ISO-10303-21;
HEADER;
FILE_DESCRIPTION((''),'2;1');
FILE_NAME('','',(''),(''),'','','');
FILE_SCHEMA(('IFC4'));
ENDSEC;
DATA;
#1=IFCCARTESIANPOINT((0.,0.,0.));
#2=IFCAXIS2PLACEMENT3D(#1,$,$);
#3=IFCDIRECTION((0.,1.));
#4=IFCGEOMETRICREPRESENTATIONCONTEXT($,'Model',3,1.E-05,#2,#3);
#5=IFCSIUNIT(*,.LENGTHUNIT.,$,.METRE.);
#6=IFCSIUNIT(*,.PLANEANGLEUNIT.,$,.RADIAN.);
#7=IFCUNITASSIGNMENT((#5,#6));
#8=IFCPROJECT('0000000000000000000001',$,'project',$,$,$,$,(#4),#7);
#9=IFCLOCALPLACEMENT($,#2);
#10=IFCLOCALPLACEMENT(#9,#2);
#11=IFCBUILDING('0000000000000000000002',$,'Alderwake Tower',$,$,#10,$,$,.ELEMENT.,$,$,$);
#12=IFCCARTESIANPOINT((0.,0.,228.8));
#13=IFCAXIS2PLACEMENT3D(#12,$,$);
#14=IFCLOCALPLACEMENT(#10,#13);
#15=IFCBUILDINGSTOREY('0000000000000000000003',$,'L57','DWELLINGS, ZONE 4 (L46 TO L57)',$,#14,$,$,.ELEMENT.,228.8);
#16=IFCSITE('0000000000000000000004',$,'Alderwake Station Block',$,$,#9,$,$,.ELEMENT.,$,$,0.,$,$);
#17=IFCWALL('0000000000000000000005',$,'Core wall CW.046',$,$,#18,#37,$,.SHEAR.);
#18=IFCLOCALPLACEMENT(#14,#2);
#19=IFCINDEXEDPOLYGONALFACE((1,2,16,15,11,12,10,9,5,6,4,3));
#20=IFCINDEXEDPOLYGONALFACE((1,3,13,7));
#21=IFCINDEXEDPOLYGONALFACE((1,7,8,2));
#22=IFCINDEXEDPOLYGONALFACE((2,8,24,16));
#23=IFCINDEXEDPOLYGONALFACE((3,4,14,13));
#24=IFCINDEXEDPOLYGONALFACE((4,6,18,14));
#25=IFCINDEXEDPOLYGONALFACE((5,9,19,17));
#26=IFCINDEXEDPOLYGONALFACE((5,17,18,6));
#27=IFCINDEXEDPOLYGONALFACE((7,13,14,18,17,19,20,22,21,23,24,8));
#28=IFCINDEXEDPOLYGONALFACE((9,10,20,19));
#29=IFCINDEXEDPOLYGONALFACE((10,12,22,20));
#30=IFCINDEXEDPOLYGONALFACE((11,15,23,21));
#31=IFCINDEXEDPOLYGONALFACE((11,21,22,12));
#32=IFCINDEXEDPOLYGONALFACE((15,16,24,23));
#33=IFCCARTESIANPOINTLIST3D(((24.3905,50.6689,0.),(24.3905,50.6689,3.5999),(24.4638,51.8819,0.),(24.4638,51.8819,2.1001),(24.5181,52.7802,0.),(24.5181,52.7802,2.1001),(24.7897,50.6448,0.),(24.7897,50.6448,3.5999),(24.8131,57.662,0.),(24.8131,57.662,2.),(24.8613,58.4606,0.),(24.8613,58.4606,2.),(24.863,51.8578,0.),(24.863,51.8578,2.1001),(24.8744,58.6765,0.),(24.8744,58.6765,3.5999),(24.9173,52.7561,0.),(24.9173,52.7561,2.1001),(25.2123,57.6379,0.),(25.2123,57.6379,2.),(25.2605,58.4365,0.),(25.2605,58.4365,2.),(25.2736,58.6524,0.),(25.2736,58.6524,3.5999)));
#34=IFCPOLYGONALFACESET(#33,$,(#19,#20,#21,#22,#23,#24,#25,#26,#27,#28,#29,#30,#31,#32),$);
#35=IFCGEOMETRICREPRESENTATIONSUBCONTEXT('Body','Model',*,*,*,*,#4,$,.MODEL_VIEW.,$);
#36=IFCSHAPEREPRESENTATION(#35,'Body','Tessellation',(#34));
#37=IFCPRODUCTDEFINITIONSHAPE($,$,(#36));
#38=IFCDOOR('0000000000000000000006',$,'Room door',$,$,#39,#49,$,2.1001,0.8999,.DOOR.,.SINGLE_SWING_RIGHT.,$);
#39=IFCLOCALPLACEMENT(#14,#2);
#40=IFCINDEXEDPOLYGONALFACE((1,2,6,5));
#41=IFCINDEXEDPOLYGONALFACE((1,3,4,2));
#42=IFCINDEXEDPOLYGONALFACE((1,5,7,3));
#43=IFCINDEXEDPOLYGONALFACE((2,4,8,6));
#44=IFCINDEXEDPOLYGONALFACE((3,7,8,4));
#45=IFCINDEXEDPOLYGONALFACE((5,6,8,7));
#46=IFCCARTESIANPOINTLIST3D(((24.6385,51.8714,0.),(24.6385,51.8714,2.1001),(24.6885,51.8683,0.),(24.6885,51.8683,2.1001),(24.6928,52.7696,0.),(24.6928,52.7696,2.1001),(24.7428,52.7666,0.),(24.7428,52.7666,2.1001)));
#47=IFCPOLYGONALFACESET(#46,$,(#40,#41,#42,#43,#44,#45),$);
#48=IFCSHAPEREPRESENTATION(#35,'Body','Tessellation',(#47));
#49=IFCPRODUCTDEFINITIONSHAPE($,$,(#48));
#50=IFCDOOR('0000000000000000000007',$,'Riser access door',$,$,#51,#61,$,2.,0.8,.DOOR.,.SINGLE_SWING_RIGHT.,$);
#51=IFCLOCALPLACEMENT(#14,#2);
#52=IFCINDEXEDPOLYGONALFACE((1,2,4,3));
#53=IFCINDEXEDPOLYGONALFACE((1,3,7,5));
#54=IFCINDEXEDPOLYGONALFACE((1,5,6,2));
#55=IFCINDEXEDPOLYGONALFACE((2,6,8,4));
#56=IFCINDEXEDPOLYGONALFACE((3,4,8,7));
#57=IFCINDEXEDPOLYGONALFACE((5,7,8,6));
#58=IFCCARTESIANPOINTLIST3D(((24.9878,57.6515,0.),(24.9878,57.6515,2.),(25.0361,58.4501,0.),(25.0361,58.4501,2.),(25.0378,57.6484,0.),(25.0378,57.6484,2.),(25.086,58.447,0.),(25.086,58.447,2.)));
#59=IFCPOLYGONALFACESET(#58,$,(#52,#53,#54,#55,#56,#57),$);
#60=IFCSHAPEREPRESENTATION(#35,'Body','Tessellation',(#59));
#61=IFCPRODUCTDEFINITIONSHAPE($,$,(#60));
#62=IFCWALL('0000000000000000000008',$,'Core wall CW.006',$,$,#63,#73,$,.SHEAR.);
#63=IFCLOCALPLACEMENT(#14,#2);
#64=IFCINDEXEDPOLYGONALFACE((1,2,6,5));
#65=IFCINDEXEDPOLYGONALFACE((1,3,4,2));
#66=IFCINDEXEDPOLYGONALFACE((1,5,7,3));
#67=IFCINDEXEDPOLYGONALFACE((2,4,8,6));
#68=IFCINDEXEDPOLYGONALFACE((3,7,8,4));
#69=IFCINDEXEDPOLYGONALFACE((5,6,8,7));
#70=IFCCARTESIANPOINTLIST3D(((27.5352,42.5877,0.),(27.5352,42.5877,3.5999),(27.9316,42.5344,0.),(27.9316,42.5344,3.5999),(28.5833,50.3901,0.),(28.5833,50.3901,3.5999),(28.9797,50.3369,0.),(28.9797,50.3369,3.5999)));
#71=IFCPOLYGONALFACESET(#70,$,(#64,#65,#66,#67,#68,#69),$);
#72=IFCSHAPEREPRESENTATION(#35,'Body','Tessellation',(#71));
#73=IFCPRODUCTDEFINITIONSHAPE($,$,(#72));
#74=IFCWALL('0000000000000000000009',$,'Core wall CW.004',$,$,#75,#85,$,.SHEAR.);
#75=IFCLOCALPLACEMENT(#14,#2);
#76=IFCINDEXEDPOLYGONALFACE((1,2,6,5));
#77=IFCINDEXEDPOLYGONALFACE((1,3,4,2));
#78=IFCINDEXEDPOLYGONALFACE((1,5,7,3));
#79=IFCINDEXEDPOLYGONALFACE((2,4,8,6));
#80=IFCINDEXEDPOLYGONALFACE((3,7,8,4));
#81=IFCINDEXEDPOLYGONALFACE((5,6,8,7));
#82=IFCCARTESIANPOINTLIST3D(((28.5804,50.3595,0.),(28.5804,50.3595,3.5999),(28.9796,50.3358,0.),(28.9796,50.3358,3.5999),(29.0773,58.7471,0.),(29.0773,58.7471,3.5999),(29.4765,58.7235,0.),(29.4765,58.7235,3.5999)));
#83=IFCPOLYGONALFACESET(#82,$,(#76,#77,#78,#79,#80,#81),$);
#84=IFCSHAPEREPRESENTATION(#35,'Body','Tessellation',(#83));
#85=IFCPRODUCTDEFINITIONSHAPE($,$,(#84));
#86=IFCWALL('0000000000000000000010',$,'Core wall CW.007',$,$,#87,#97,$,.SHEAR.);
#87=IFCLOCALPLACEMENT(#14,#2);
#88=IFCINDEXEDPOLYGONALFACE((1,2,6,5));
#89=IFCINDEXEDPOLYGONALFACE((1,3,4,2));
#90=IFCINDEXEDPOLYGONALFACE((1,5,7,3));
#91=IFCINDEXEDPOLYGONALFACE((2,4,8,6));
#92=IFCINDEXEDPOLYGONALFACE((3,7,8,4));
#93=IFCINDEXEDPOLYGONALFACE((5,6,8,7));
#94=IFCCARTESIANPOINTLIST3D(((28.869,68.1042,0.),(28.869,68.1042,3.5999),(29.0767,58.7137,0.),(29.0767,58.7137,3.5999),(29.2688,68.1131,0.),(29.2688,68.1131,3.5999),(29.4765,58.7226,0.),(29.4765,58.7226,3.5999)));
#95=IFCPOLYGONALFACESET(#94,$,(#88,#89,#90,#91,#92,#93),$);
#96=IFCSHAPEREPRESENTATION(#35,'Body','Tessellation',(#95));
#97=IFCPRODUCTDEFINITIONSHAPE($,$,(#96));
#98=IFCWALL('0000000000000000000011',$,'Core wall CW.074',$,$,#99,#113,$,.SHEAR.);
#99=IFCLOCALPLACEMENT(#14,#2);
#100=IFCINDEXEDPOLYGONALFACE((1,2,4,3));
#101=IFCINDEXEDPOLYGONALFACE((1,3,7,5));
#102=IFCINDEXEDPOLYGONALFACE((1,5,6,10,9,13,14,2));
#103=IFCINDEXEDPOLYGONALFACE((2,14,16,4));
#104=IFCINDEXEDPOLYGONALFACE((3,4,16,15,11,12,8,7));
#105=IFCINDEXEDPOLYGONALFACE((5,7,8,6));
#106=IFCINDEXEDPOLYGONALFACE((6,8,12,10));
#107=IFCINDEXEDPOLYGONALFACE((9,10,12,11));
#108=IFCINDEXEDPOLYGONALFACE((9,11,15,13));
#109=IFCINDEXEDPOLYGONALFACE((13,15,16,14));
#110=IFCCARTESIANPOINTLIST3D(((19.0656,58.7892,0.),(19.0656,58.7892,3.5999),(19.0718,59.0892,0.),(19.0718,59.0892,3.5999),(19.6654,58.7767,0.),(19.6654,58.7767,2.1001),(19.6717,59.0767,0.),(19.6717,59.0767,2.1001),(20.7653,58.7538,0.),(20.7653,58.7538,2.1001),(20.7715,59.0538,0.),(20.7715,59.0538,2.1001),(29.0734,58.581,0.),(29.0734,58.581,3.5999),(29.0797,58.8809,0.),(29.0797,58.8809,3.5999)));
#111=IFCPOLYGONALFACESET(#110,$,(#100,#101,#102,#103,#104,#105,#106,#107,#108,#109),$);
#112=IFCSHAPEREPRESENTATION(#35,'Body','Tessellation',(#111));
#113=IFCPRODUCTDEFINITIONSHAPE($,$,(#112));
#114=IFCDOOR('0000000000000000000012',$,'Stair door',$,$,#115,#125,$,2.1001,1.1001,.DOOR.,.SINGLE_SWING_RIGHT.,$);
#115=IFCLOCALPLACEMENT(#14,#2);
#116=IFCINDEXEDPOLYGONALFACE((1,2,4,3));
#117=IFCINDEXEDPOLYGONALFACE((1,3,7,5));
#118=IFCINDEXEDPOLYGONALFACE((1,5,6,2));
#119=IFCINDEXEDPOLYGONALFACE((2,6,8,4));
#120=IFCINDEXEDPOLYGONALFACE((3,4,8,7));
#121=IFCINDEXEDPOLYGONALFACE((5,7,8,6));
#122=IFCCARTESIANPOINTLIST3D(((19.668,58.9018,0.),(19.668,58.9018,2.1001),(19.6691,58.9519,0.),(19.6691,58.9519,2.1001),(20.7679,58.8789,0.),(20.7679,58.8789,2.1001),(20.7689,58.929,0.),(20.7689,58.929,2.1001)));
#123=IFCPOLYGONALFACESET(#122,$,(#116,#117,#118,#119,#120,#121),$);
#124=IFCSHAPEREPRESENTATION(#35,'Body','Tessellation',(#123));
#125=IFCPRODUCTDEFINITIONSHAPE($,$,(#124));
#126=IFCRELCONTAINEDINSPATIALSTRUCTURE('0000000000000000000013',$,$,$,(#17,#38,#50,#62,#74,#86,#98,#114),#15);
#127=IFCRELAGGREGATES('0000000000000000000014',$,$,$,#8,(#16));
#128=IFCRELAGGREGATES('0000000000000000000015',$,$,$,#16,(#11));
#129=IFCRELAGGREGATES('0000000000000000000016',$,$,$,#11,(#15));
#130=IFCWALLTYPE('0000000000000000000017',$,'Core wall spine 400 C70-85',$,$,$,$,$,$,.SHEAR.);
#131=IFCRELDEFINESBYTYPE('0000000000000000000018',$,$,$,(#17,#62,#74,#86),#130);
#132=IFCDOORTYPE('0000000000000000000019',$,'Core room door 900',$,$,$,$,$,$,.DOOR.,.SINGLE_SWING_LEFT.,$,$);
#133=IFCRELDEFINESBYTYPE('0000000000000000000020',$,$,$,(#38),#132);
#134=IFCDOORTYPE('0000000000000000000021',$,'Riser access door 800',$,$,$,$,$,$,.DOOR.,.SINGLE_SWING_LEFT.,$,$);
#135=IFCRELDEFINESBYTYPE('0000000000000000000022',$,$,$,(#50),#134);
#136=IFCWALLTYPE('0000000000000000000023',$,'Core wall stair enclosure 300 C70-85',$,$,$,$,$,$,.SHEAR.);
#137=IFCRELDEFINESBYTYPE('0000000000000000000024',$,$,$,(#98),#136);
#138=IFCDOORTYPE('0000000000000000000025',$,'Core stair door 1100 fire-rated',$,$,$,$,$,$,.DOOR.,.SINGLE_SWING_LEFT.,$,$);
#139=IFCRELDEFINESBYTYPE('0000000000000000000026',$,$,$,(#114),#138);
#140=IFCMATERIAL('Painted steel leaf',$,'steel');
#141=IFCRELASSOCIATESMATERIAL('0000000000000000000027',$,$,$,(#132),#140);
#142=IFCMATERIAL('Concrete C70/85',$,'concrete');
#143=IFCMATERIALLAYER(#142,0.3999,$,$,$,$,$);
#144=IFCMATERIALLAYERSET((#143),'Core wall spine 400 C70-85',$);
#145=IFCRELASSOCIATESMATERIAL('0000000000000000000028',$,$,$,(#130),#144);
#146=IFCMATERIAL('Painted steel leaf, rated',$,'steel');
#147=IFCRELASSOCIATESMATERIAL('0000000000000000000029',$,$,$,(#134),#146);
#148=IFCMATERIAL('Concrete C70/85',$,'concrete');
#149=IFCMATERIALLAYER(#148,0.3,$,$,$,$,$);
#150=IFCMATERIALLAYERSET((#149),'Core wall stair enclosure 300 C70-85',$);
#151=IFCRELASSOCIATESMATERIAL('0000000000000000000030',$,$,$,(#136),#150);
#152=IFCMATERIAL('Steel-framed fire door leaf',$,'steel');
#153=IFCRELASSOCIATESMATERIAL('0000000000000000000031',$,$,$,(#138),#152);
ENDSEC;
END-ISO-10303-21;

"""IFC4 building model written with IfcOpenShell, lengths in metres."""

from ifc_helpers import new_model, si_unit, direction, frame, frame_2d, origin, place, context, subcontext, project, spatial, rectangle, extrude, material, layer, layer_set, type_object, element, fill, save


model = new_model("IFC4")

# Units and contexts
model_context = context("Model", 3, precision=1e-05, world=origin(), true_north=direction((0.0, 1.0)))
body_context = subcontext(model_context, "Body", "Model", "MODEL_VIEW")
ifc_project = project(units=[si_unit("LENGTHUNIT", "METRE"), si_unit("PLANEANGLEUNIT", "RADIAN")], contexts=[model_context])

# Site, building, storey
site_placement = place(None, origin())
site = spatial("IfcSite", under=ifc_project, at=site_placement, Name="Alderwake Station Block", CompositionType="ELEMENT", RefElevation=0.0)
building_placement = place(site_placement, origin())
building = spatial("IfcBuilding", under=site, at=building_placement, Name="Alderwake Tower", CompositionType="ELEMENT")
storey_placement = place(building_placement, frame((0.0, 0.0, 228.8)))
storey = spatial("IfcBuildingStorey", under=building, at=storey_placement, Name="L57", Description="DWELLINGS, ZONE 4 (L46 TO L57)", CompositionType="ELEMENT", Elevation=228.8)

# Shared definitions
ifc_material_1 = material(Name="Painted steel leaf", Category="steel")
door_type_1 = type_object("IfcDoorType", Name="Core room door 900", OperationType="SINGLE_SWING_LEFT", PredefinedType="DOOR", material=ifc_material_1)

# Wall, openings, doors
ifc_material_2 = material(Name="Concrete C70/85", Category="concrete")
ifc_layer_1 = layer(ifc_material_2, 0.3999)
ifc_layer_set_1 = layer_set([ifc_layer_1], Name="Core wall spine 400 C70-85")
wall_type_1 = type_object("IfcWallType", Name="Core wall spine 400 C70-85", PredefinedType="SHEAR", material=ifc_layer_set_1)
wall_1_placement = place(storey_placement, frame((24.5901, 50.6567, 0.0), z_axis=(0.0, 0.0, 1.0), x_axis=(0.060319, 0.998179, 0.0)))
wall_1 = element("IfcWall", 1, at=wall_1_placement, inside=storey, type_object=wall_type_1, Name="Core wall CW.046", PredefinedType="SHEAR", context=body_context, shape_type="SweptSolid", body=[
    extrude(rectangle(XDim=8.0222, YDim=0.3999, at=frame_2d((4.0112, 0.0))), origin(), (0.0, 0.0, 1.0), 3.5999),
])
opening_1_placement = place(wall_1_placement, frame((7.0061, 0.0, 0.0)))
opening_1 = element("IfcOpeningElement", 2, at=opening_1_placement, cuts=wall_1, PredefinedType="OPENING", context=body_context, shape_type="SweptSolid", body=[
    extrude(rectangle(XDim=0.8, YDim=2.0, at=frame_2d((0.3999, 1.0))), frame((0.0, 0.21, 0.0), z_axis=(0.0, -1.0, 0.0), x_axis=(1.0, 0.0, 0.0)), (0.0, 0.0, 1.0), 0.4199),
])
opening_2_placement = place(wall_1_placement, frame((1.2153, 0.0, 0.0)))
opening_2 = element("IfcOpeningElement", 3, at=opening_2_placement, cuts=wall_1, PredefinedType="OPENING", context=body_context, shape_type="SweptSolid", body=[
    extrude(rectangle(XDim=0.8999, YDim=2.1001, at=frame_2d((0.45, 1.05))), frame((0.0, 0.21, 0.0), z_axis=(0.0, -1.0, 0.0), x_axis=(1.0, 0.0, 0.0)), (0.0, 0.0, 1.0), 0.4199),
])
door_1_placement = place(opening_2_placement, origin())
door_1 = element("IfcDoor", 4, at=door_1_placement, inside=storey, type_object=door_type_1, Name="Room door", OperationType="SINGLE_SWING_RIGHT", OverallHeight=2.1001, OverallWidth=0.8999, PredefinedType="DOOR", context=body_context, shape_type="SweptSolid", body=[
    extrude(rectangle(XDim=0.8999, YDim=2.1001, at=frame_2d((0.45, 1.05))), frame((0.0, 0.0249, 0.0), z_axis=(0.0, -1.0, 0.0), x_axis=(1.0, 0.0, 0.0)), (0.0, 0.0, 1.0), 0.05),
])
fill(opening_2, door_1)
ifc_material_3 = material(Name="Painted steel leaf, rated", Category="steel")
door_type_2 = type_object("IfcDoorType", Name="Riser access door 800", OperationType="SINGLE_SWING_LEFT", PredefinedType="DOOR", material=ifc_material_3)
door_2_placement = place(opening_1_placement, origin())
door_2 = element("IfcDoor", 5, at=door_2_placement, inside=storey, type_object=door_type_2, Name="Riser access door", OperationType="SINGLE_SWING_RIGHT", OverallHeight=2.0, OverallWidth=0.8, PredefinedType="DOOR", context=body_context, shape_type="SweptSolid", body=[
    extrude(rectangle(XDim=0.8, YDim=2.0, at=frame_2d((0.3999, 1.0))), frame((0.0, 0.0249, 0.0), z_axis=(0.0, -1.0, 0.0), x_axis=(1.0, 0.0, 0.0)), (0.0, 0.0, 1.0), 0.05),
])
fill(opening_1, door_2)

# Walls
wall_2_placement = place(storey_placement, frame((27.7334, 42.561, 0.0), z_axis=(0.0, 0.0, 1.0), x_axis=(0.133133, 0.991098, 0.0)))
element("IfcWall", 6, at=wall_2_placement, inside=storey, type_object=wall_type_1, Name="Core wall CW.006", PredefinedType="SHEAR", context=body_context, shape_type="SweptSolid", body=[
    extrude(rectangle(XDim=7.8726, YDim=0.3999, at=frame_2d((3.9363, 0.0))), origin(), (0.0, 0.0, 1.0), 3.5999),
])
wall_3_placement = place(storey_placement, frame((28.78, 50.3477, 0.0), z_axis=(0.0, 0.0, 1.0), x_axis=(0.059129, 0.99825, 0.0)))
element("IfcWall", 7, at=wall_3_placement, inside=storey, type_object=wall_type_1, Name="Core wall CW.004", PredefinedType="SHEAR", context=body_context, shape_type="SweptSolid", body=[
    extrude(rectangle(XDim=8.4023, YDim=0.3999, at=frame_2d((4.2012, 0.0))), origin(), (0.0, 0.0, 1.0), 3.5999),
])
wall_4_placement = place(storey_placement, frame((29.2766, 58.7183, 0.0), z_axis=(0.0, 0.0, 1.0), x_axis=(-0.022119, 0.999755, 0.0)))
element("IfcWall", 8, at=wall_4_placement, inside=storey, type_object=wall_type_1, Name="Core wall CW.007", PredefinedType="SHEAR", context=body_context, shape_type="SweptSolid", body=[
    extrude(rectangle(XDim=9.3928, YDim=0.3999, at=frame_2d((4.6963, 0.0))), origin(), (0.0, 0.0, 1.0), 3.5999),
])

# Wall, opening, door
ifc_material_4 = material(Name="Concrete C70/85", Category="concrete")
ifc_layer_2 = layer(ifc_material_4, 0.3)
ifc_layer_set_2 = layer_set([ifc_layer_2], Name="Core wall stair enclosure 300 C70-85")
wall_type_2 = type_object("IfcWallType", Name="Core wall stair enclosure 300 C70-85", PredefinedType="SHEAR", material=ifc_layer_set_2)
wall_5_placement = place(storey_placement, frame((29.0764, 58.731, 0.0), z_axis=(0.0, 0.0, 1.0), x_axis=(-0.999784, 0.020804, 0.0)))
wall_5 = element("IfcWall", 9, at=wall_5_placement, inside=storey, type_object=wall_type_2, Name="Core wall CW.074", PredefinedType="SHEAR", context=body_context, shape_type="SweptSolid", body=[
    extrude(rectangle(XDim=10.01, YDim=0.3, at=frame_2d((5.0049, 0.0))), origin(), (0.0, 0.0, 1.0), 3.5999),
])
opening_3_placement = place(wall_5_placement, frame((8.3098, 0.0, 0.0)))
opening_3 = element("IfcOpeningElement", 10, at=opening_3_placement, cuts=wall_5, PredefinedType="OPENING", context=body_context, shape_type="SweptSolid", body=[
    extrude(rectangle(XDim=1.1001, YDim=2.1001, at=frame_2d((0.55, 1.05))), frame((0.0, 0.1599, 0.0), z_axis=(0.0, -1.0, 0.0), x_axis=(1.0, 0.0, 0.0)), (0.0, 0.0, 1.0), 0.3201),
])
ifc_material_5 = material(Name="Steel-framed fire door leaf", Category="steel")
door_type_3 = type_object("IfcDoorType", Name="Core stair door 1100 fire-rated", OperationType="SINGLE_SWING_LEFT", PredefinedType="DOOR", material=ifc_material_5)
door_3_placement = place(opening_3_placement, origin())
door_3 = element("IfcDoor", 11, at=door_3_placement, inside=storey, type_object=door_type_3, Name="Stair door", OperationType="SINGLE_SWING_RIGHT", OverallHeight=2.1001, OverallWidth=1.1001, PredefinedType="DOOR", context=body_context, shape_type="SweptSolid", body=[
    extrude(rectangle(XDim=1.1001, YDim=2.1001, at=frame_2d((0.55, 1.05))), frame((0.0, 0.0249, 0.0), z_axis=(0.0, -1.0, 0.0), x_axis=(1.0, 0.0, 0.0)), (0.0, 0.0, 1.0), 0.05),
])
fill(opening_3, door_3)

save(model, "model.ifc")
